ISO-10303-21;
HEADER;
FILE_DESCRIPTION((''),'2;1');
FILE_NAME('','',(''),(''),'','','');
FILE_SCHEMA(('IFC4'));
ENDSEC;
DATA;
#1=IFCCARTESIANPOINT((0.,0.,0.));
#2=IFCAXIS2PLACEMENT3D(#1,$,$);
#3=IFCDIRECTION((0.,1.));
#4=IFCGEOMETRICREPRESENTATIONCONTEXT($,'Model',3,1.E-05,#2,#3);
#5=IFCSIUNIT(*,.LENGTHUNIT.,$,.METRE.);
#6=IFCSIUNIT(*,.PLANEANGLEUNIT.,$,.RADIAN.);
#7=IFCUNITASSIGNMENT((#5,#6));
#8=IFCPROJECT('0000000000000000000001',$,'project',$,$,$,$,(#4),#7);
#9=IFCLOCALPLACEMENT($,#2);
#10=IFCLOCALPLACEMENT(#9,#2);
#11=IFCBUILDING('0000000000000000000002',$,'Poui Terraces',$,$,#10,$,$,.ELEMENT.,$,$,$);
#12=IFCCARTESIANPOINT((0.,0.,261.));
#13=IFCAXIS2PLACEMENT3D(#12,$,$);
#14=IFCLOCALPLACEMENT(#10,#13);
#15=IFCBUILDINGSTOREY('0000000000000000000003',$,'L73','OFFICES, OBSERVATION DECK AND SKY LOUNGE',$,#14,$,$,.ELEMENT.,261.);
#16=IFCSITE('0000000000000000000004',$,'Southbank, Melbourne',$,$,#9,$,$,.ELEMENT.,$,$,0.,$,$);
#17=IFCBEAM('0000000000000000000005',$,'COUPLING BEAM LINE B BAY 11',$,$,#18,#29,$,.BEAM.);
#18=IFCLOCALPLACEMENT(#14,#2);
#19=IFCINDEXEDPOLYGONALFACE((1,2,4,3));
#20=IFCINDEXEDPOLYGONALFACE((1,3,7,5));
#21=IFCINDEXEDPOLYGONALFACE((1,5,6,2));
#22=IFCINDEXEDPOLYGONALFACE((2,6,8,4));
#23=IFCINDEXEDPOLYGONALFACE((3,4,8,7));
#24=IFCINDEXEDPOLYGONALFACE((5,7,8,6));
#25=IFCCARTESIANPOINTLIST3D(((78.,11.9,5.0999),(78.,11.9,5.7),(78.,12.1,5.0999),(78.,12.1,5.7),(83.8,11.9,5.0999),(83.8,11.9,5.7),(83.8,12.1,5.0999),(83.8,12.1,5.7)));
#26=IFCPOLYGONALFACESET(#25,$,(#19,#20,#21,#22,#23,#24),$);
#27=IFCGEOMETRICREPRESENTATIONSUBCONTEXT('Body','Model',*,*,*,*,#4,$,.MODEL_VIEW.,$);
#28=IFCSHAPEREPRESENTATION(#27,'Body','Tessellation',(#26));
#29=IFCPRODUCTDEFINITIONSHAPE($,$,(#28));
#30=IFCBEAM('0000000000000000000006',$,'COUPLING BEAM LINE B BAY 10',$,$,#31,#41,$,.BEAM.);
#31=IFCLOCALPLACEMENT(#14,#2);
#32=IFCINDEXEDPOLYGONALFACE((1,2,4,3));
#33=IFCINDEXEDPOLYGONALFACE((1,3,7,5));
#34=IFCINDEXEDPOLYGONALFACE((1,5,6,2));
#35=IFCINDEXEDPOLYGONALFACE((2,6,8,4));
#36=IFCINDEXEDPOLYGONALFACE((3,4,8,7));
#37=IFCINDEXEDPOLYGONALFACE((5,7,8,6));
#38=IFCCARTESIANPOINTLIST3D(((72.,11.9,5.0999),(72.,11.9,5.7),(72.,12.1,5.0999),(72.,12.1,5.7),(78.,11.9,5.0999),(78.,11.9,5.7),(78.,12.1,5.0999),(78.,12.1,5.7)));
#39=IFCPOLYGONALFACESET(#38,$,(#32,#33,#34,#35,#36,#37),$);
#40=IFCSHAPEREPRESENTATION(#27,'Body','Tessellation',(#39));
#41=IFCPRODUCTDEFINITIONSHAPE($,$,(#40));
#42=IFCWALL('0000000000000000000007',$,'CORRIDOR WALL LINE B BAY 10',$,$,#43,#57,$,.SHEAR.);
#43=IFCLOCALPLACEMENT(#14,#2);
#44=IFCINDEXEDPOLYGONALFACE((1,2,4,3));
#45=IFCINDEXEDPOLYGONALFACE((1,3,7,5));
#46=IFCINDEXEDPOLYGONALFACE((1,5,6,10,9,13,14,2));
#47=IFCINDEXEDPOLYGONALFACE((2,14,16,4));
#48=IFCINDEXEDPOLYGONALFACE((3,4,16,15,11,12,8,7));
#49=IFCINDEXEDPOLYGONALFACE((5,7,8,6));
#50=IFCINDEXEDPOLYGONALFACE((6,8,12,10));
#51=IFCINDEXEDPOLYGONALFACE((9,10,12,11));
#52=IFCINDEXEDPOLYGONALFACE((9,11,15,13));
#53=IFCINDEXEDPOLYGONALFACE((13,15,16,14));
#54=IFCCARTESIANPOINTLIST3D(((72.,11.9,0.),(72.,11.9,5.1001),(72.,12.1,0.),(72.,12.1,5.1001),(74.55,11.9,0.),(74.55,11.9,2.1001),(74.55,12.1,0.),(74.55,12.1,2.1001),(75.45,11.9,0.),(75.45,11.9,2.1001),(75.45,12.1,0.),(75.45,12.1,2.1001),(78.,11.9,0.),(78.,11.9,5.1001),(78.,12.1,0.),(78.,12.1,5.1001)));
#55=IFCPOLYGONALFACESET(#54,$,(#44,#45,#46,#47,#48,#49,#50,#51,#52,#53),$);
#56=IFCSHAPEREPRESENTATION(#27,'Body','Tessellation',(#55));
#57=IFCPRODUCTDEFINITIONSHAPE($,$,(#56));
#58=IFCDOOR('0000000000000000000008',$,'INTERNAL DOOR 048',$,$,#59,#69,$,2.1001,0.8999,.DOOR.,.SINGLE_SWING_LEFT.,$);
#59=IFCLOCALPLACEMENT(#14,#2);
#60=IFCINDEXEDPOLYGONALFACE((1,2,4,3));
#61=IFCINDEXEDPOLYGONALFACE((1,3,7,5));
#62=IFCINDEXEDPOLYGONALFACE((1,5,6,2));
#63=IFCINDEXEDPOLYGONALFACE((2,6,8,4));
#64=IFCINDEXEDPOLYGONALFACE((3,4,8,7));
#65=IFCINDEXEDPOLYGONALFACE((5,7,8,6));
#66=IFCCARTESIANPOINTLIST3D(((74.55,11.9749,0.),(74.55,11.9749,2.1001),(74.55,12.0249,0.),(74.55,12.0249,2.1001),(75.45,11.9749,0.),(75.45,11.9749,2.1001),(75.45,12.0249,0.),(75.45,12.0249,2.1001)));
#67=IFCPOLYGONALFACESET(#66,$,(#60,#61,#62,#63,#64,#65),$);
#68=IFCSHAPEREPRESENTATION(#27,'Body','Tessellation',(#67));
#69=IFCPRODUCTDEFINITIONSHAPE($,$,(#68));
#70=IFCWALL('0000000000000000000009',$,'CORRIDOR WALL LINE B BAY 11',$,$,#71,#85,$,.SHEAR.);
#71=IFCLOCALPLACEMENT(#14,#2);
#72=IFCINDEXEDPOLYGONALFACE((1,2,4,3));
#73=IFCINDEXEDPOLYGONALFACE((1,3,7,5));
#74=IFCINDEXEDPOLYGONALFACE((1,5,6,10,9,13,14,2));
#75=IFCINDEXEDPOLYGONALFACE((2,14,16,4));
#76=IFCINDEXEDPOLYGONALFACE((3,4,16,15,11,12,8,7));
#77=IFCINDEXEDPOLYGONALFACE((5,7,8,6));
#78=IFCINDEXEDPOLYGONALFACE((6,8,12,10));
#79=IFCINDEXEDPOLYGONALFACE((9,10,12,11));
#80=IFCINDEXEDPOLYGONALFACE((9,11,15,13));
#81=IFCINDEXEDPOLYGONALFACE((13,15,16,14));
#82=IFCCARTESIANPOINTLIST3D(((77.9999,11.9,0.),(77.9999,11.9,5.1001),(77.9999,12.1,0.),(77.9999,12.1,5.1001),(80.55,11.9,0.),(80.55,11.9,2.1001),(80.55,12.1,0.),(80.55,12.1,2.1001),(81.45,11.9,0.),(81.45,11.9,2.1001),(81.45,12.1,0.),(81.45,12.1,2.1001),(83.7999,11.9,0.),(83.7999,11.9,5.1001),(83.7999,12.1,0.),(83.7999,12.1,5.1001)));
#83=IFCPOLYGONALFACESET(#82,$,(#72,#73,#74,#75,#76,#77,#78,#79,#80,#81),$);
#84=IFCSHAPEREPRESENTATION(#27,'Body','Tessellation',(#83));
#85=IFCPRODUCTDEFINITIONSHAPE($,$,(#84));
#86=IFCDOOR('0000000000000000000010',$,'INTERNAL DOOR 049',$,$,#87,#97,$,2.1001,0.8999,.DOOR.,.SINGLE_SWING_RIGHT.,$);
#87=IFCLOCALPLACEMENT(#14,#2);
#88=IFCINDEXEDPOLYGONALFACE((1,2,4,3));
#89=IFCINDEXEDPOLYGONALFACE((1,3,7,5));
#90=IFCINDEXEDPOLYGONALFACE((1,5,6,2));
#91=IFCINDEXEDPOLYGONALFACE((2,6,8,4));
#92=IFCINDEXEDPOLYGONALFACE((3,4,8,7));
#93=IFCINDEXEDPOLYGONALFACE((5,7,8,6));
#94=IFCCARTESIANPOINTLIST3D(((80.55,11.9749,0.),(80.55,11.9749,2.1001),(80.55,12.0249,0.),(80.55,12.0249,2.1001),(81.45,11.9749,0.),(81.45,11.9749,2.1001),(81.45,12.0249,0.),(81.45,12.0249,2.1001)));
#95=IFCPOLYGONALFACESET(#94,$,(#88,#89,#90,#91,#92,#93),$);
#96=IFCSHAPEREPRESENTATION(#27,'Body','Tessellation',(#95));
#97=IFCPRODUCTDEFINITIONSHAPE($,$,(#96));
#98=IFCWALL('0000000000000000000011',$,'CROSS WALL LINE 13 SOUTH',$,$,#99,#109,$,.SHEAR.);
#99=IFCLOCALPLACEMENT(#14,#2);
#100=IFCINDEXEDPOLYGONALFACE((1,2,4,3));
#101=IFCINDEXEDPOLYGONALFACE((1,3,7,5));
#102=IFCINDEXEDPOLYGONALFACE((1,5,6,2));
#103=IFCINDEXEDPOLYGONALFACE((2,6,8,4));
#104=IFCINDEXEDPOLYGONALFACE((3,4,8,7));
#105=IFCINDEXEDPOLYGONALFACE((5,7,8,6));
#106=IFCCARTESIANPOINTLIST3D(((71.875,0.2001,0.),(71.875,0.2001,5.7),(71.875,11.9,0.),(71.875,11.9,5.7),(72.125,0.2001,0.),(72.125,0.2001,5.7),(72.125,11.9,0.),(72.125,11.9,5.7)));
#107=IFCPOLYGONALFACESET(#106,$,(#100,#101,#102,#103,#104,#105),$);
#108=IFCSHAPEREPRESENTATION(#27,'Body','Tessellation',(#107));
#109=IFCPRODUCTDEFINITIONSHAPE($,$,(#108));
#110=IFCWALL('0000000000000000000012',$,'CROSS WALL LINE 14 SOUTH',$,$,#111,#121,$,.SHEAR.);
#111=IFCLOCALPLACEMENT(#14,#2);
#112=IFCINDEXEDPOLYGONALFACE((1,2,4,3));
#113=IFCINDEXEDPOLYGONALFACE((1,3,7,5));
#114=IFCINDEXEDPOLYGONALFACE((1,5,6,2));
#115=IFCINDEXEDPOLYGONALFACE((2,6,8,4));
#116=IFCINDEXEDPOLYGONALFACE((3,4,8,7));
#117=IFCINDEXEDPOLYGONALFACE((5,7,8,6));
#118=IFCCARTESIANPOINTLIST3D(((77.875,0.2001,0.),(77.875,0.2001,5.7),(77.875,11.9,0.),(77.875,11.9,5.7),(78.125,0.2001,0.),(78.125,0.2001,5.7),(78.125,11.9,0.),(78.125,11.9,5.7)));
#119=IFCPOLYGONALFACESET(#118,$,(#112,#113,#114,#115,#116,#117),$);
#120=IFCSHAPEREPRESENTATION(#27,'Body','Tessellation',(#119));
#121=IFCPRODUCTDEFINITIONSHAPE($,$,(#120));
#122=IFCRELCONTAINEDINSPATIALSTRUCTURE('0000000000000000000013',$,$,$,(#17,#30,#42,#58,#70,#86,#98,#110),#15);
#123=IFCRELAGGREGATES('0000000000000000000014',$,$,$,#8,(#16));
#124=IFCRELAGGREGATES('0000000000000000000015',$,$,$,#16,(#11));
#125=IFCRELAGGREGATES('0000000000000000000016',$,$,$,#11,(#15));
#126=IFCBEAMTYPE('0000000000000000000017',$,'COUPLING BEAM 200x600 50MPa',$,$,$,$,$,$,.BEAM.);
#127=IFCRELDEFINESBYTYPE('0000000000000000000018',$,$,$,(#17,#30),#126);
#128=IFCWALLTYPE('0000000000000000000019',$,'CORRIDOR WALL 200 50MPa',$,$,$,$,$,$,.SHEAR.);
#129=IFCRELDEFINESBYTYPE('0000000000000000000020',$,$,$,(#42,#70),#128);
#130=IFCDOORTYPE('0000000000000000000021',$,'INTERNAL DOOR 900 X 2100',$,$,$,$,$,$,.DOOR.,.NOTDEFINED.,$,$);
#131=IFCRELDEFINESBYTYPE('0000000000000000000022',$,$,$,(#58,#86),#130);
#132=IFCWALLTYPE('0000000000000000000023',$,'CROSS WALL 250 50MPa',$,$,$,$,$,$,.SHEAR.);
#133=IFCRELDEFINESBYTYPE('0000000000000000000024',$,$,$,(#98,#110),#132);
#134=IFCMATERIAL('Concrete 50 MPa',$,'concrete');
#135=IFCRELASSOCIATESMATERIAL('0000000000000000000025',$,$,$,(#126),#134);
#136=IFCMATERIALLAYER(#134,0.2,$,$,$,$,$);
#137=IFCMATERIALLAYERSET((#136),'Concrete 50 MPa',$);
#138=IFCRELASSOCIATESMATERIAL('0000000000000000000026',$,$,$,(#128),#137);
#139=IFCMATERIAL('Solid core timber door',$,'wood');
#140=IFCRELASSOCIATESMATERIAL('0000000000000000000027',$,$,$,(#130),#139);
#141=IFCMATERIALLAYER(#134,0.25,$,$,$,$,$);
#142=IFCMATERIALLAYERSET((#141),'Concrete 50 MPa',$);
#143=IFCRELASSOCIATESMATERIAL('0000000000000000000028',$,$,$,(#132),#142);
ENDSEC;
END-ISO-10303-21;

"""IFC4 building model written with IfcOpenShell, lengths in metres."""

from ifc_helpers import new_model, si_unit, direction, frame, frame_2d, origin, origin_2d, place, context, subcontext, project, spatial, rectangle, extrude, source, transform, mapped, material, layer, layer_set, material_profile, profile_set, type_object, element, fill, save


model = new_model("IFC4")

# Units and contexts
model_context = context("Model", 3, precision=1e-05, world=origin(), true_north=direction((0.0, 1.0)))
body_context = subcontext(model_context, "Body", "Model", "MODEL_VIEW")
ifc_project = project(units=[si_unit("LENGTHUNIT", "METRE"), si_unit("PLANEANGLEUNIT", "RADIAN")], contexts=[model_context])

# Site, building, storey
site_placement = place(None, origin())
site = spatial("IfcSite", under=ifc_project, at=site_placement, Name="Southbank, Melbourne", CompositionType="ELEMENT", RefElevation=0.0)
building_placement = place(site_placement, origin())
building = spatial("IfcBuilding", under=site, at=building_placement, Name="Poui Terraces", CompositionType="ELEMENT")
storey_placement = place(building_placement, frame((0.0, 0.0, 261.0)))
storey = spatial("IfcBuildingStorey", under=building, at=storey_placement, Name="L73", Description="OFFICES, OBSERVATION DECK AND SKY LOUNGE", CompositionType="ELEMENT", Elevation=261.0)

# Beams
ifc_material_1 = material(Name="Concrete 50 MPa", Category="concrete")
ifc_material_profile = material_profile(ifc_material_1, rectangle(XDim=0.2, YDim=0.6001, at=origin_2d()), Name="RC 200x600")
ifc_profile_set = profile_set([ifc_material_profile], Name="Concrete 50 MPa")
beam_type = type_object("IfcBeamType", Name="COUPLING BEAM 200x600 50MPa", PredefinedType="BEAM", material=ifc_profile_set)
shared_shape_1 = source(origin(), body_context, "Body", "SweptSolid", [
    extrude(rectangle(XDim=0.2, YDim=0.6001, at=origin_2d()), origin(), (0.0, 0.0, 1.0), 5.8),
])
beam_1_placement = place(storey_placement, frame((78.0, 12.0, 5.3999), z_axis=(1.0, 0.0, 0.0), x_axis=(0.0, 1.0, 0.0)))
element("IfcBeam", 1, at=beam_1_placement, inside=storey, type_object=beam_type, Name="COUPLING BEAM LINE B BAY 11", PredefinedType="BEAM", context=body_context, shape_type="MappedRepresentation", body=[
    mapped(shared_shape_1, transform((0.0, 0.0, 0.0))),
])
shared_shape_2 = source(origin(), body_context, "Body", "SweptSolid", [
    extrude(rectangle(XDim=0.2, YDim=0.6001, at=origin_2d()), origin(), (0.0, 0.0, 1.0), 6.0),
])
beam_2_placement = place(storey_placement, frame((72.0, 12.0, 5.3999), z_axis=(1.0, 0.0, 0.0), x_axis=(0.0, 1.0, 0.0)))
element("IfcBeam", 2, at=beam_2_placement, inside=storey, type_object=beam_type, Name="COUPLING BEAM LINE B BAY 10", PredefinedType="BEAM", context=body_context, shape_type="MappedRepresentation", body=[
    mapped(shared_shape_2, transform((0.0, 0.0, 0.0))),
])

# Walls, openings, doors
ifc_layer_1 = layer(ifc_material_1, 0.2)
ifc_layer_set_1 = layer_set([ifc_layer_1], Name="Concrete 50 MPa")
wall_type_1 = type_object("IfcWallType", Name="CORRIDOR WALL 200 50MPa", PredefinedType="SHEAR", material=ifc_layer_set_1)
wall_1_placement = place(storey_placement, frame((72.0, 12.0, 0.0), z_axis=(0.0, 0.0, 1.0), x_axis=(1.0, 0.0, 0.0)))
wall_1 = element("IfcWall", 3, at=wall_1_placement, inside=storey, type_object=wall_type_1, Name="CORRIDOR WALL LINE B BAY 10", PredefinedType="SHEAR", context=body_context, shape_type="SweptSolid", body=[
    extrude(rectangle(XDim=6.0, YDim=0.2, at=frame_2d((3.0, 0.0))), origin(), (0.0, 0.0, 1.0), 5.1001),
])
opening_1_placement = place(wall_1_placement, frame((2.55, 0.0, 0.0)))
opening_1 = element("IfcOpeningElement", 4, at=opening_1_placement, cuts=wall_1, PredefinedType="OPENING", context=body_context, shape_type="SweptSolid", body=[
    extrude(rectangle(XDim=0.8999, YDim=2.1001, at=frame_2d((0.45, 1.05))), frame((0.0, 0.1099, 0.0), z_axis=(0.0, -1.0, 0.0), x_axis=(1.0, 0.0, 0.0)), (0.0, 0.0, 1.0), 0.22),
])
ifc_material_2 = material(Name="Solid core timber door", Category="wood")
door_type_1 = type_object("IfcDoorType", Name="INTERNAL DOOR 900 X 2100", OperationType="NOTDEFINED", PredefinedType="DOOR", material=ifc_material_2)
door_1_placement = place(opening_1_placement, origin())
door_1 = element("IfcDoor", 5, at=door_1_placement, inside=storey, type_object=door_type_1, Name="INTERNAL DOOR 048", OperationType="SINGLE_SWING_LEFT", OverallHeight=2.1001, OverallWidth=0.8999, PredefinedType="DOOR", context=body_context, shape_type="SweptSolid", body=[
    extrude(rectangle(XDim=0.8999, YDim=2.1001, at=frame_2d((0.45, 1.05))), frame((0.0, 0.0249, 0.0), z_axis=(0.0, -1.0, 0.0), x_axis=(1.0, 0.0, 0.0)), (0.0, 0.0, 1.0), 0.05),
])
fill(opening_1, door_1)
wall_2_placement = place(storey_placement, frame((78.0, 12.0, 0.0), z_axis=(0.0, 0.0, 1.0), x_axis=(1.0, 0.0, 0.0)))
wall_2 = element("IfcWall", 6, at=wall_2_placement, inside=storey, type_object=wall_type_1, Name="CORRIDOR WALL LINE B BAY 11", PredefinedType="SHEAR", context=body_context, shape_type="SweptSolid", body=[
    extrude(rectangle(XDim=5.8, YDim=0.2, at=frame_2d((2.8999, 0.0))), origin(), (0.0, 0.0, 1.0), 5.1001),
])
opening_2_placement = place(wall_2_placement, frame((2.55, 0.0, 0.0)))
opening_2 = element("IfcOpeningElement", 7, at=opening_2_placement, cuts=wall_2, PredefinedType="OPENING", context=body_context, shape_type="SweptSolid", body=[
    extrude(rectangle(XDim=0.8999, YDim=2.1001, at=frame_2d((0.45, 1.05))), frame((0.0, 0.1099, 0.0), z_axis=(0.0, -1.0, 0.0), x_axis=(1.0, 0.0, 0.0)), (0.0, 0.0, 1.0), 0.22),
])
door_2_placement = place(opening_2_placement, origin())
door_2 = element("IfcDoor", 8, at=door_2_placement, inside=storey, type_object=door_type_1, Name="INTERNAL DOOR 049", OperationType="SINGLE_SWING_RIGHT", OverallHeight=2.1001, OverallWidth=0.8999, PredefinedType="DOOR", context=body_context, shape_type="SweptSolid", body=[
    extrude(rectangle(XDim=0.8999, YDim=2.1001, at=frame_2d((0.45, 1.05))), frame((0.0, 0.0249, 0.0), z_axis=(0.0, -1.0, 0.0), x_axis=(1.0, 0.0, 0.0)), (0.0, 0.0, 1.0), 0.05),
])
fill(opening_2, door_2)

# Walls
ifc_layer_2 = layer(ifc_material_1, 0.25)
ifc_layer_set_2 = layer_set([ifc_layer_2], Name="Concrete 50 MPa")
wall_type_2 = type_object("IfcWallType", Name="CROSS WALL 250 50MPa", PredefinedType="SHEAR", material=ifc_layer_set_2)
for number, where, z_axis, x_axis, name in (
    (9, (72.0, 0.2, 0.0), (0.0, 0.0, 1.0), (0.0, 1.0, 0.0), "CROSS WALL LINE 13 SOUTH"),
    (10, (78.0, 0.2, 0.0), (0.0, 0.0, 1.0), (0.0, 1.0, 0.0), "CROSS WALL LINE 14 SOUTH"),
):
    element("IfcWall", number, at=place(storey_placement, frame(where, z_axis=z_axis, x_axis=x_axis)), inside=storey, type_object=wall_type_2, Name=name, PredefinedType="SHEAR", context=body_context, shape_type="SweptSolid", body=[
        extrude(rectangle(XDim=11.7, YDim=0.25, at=frame_2d((5.8501, 0.0))), origin(), (0.0, 0.0, 1.0), 5.7),
    ])

save(model, "model.ifc")
